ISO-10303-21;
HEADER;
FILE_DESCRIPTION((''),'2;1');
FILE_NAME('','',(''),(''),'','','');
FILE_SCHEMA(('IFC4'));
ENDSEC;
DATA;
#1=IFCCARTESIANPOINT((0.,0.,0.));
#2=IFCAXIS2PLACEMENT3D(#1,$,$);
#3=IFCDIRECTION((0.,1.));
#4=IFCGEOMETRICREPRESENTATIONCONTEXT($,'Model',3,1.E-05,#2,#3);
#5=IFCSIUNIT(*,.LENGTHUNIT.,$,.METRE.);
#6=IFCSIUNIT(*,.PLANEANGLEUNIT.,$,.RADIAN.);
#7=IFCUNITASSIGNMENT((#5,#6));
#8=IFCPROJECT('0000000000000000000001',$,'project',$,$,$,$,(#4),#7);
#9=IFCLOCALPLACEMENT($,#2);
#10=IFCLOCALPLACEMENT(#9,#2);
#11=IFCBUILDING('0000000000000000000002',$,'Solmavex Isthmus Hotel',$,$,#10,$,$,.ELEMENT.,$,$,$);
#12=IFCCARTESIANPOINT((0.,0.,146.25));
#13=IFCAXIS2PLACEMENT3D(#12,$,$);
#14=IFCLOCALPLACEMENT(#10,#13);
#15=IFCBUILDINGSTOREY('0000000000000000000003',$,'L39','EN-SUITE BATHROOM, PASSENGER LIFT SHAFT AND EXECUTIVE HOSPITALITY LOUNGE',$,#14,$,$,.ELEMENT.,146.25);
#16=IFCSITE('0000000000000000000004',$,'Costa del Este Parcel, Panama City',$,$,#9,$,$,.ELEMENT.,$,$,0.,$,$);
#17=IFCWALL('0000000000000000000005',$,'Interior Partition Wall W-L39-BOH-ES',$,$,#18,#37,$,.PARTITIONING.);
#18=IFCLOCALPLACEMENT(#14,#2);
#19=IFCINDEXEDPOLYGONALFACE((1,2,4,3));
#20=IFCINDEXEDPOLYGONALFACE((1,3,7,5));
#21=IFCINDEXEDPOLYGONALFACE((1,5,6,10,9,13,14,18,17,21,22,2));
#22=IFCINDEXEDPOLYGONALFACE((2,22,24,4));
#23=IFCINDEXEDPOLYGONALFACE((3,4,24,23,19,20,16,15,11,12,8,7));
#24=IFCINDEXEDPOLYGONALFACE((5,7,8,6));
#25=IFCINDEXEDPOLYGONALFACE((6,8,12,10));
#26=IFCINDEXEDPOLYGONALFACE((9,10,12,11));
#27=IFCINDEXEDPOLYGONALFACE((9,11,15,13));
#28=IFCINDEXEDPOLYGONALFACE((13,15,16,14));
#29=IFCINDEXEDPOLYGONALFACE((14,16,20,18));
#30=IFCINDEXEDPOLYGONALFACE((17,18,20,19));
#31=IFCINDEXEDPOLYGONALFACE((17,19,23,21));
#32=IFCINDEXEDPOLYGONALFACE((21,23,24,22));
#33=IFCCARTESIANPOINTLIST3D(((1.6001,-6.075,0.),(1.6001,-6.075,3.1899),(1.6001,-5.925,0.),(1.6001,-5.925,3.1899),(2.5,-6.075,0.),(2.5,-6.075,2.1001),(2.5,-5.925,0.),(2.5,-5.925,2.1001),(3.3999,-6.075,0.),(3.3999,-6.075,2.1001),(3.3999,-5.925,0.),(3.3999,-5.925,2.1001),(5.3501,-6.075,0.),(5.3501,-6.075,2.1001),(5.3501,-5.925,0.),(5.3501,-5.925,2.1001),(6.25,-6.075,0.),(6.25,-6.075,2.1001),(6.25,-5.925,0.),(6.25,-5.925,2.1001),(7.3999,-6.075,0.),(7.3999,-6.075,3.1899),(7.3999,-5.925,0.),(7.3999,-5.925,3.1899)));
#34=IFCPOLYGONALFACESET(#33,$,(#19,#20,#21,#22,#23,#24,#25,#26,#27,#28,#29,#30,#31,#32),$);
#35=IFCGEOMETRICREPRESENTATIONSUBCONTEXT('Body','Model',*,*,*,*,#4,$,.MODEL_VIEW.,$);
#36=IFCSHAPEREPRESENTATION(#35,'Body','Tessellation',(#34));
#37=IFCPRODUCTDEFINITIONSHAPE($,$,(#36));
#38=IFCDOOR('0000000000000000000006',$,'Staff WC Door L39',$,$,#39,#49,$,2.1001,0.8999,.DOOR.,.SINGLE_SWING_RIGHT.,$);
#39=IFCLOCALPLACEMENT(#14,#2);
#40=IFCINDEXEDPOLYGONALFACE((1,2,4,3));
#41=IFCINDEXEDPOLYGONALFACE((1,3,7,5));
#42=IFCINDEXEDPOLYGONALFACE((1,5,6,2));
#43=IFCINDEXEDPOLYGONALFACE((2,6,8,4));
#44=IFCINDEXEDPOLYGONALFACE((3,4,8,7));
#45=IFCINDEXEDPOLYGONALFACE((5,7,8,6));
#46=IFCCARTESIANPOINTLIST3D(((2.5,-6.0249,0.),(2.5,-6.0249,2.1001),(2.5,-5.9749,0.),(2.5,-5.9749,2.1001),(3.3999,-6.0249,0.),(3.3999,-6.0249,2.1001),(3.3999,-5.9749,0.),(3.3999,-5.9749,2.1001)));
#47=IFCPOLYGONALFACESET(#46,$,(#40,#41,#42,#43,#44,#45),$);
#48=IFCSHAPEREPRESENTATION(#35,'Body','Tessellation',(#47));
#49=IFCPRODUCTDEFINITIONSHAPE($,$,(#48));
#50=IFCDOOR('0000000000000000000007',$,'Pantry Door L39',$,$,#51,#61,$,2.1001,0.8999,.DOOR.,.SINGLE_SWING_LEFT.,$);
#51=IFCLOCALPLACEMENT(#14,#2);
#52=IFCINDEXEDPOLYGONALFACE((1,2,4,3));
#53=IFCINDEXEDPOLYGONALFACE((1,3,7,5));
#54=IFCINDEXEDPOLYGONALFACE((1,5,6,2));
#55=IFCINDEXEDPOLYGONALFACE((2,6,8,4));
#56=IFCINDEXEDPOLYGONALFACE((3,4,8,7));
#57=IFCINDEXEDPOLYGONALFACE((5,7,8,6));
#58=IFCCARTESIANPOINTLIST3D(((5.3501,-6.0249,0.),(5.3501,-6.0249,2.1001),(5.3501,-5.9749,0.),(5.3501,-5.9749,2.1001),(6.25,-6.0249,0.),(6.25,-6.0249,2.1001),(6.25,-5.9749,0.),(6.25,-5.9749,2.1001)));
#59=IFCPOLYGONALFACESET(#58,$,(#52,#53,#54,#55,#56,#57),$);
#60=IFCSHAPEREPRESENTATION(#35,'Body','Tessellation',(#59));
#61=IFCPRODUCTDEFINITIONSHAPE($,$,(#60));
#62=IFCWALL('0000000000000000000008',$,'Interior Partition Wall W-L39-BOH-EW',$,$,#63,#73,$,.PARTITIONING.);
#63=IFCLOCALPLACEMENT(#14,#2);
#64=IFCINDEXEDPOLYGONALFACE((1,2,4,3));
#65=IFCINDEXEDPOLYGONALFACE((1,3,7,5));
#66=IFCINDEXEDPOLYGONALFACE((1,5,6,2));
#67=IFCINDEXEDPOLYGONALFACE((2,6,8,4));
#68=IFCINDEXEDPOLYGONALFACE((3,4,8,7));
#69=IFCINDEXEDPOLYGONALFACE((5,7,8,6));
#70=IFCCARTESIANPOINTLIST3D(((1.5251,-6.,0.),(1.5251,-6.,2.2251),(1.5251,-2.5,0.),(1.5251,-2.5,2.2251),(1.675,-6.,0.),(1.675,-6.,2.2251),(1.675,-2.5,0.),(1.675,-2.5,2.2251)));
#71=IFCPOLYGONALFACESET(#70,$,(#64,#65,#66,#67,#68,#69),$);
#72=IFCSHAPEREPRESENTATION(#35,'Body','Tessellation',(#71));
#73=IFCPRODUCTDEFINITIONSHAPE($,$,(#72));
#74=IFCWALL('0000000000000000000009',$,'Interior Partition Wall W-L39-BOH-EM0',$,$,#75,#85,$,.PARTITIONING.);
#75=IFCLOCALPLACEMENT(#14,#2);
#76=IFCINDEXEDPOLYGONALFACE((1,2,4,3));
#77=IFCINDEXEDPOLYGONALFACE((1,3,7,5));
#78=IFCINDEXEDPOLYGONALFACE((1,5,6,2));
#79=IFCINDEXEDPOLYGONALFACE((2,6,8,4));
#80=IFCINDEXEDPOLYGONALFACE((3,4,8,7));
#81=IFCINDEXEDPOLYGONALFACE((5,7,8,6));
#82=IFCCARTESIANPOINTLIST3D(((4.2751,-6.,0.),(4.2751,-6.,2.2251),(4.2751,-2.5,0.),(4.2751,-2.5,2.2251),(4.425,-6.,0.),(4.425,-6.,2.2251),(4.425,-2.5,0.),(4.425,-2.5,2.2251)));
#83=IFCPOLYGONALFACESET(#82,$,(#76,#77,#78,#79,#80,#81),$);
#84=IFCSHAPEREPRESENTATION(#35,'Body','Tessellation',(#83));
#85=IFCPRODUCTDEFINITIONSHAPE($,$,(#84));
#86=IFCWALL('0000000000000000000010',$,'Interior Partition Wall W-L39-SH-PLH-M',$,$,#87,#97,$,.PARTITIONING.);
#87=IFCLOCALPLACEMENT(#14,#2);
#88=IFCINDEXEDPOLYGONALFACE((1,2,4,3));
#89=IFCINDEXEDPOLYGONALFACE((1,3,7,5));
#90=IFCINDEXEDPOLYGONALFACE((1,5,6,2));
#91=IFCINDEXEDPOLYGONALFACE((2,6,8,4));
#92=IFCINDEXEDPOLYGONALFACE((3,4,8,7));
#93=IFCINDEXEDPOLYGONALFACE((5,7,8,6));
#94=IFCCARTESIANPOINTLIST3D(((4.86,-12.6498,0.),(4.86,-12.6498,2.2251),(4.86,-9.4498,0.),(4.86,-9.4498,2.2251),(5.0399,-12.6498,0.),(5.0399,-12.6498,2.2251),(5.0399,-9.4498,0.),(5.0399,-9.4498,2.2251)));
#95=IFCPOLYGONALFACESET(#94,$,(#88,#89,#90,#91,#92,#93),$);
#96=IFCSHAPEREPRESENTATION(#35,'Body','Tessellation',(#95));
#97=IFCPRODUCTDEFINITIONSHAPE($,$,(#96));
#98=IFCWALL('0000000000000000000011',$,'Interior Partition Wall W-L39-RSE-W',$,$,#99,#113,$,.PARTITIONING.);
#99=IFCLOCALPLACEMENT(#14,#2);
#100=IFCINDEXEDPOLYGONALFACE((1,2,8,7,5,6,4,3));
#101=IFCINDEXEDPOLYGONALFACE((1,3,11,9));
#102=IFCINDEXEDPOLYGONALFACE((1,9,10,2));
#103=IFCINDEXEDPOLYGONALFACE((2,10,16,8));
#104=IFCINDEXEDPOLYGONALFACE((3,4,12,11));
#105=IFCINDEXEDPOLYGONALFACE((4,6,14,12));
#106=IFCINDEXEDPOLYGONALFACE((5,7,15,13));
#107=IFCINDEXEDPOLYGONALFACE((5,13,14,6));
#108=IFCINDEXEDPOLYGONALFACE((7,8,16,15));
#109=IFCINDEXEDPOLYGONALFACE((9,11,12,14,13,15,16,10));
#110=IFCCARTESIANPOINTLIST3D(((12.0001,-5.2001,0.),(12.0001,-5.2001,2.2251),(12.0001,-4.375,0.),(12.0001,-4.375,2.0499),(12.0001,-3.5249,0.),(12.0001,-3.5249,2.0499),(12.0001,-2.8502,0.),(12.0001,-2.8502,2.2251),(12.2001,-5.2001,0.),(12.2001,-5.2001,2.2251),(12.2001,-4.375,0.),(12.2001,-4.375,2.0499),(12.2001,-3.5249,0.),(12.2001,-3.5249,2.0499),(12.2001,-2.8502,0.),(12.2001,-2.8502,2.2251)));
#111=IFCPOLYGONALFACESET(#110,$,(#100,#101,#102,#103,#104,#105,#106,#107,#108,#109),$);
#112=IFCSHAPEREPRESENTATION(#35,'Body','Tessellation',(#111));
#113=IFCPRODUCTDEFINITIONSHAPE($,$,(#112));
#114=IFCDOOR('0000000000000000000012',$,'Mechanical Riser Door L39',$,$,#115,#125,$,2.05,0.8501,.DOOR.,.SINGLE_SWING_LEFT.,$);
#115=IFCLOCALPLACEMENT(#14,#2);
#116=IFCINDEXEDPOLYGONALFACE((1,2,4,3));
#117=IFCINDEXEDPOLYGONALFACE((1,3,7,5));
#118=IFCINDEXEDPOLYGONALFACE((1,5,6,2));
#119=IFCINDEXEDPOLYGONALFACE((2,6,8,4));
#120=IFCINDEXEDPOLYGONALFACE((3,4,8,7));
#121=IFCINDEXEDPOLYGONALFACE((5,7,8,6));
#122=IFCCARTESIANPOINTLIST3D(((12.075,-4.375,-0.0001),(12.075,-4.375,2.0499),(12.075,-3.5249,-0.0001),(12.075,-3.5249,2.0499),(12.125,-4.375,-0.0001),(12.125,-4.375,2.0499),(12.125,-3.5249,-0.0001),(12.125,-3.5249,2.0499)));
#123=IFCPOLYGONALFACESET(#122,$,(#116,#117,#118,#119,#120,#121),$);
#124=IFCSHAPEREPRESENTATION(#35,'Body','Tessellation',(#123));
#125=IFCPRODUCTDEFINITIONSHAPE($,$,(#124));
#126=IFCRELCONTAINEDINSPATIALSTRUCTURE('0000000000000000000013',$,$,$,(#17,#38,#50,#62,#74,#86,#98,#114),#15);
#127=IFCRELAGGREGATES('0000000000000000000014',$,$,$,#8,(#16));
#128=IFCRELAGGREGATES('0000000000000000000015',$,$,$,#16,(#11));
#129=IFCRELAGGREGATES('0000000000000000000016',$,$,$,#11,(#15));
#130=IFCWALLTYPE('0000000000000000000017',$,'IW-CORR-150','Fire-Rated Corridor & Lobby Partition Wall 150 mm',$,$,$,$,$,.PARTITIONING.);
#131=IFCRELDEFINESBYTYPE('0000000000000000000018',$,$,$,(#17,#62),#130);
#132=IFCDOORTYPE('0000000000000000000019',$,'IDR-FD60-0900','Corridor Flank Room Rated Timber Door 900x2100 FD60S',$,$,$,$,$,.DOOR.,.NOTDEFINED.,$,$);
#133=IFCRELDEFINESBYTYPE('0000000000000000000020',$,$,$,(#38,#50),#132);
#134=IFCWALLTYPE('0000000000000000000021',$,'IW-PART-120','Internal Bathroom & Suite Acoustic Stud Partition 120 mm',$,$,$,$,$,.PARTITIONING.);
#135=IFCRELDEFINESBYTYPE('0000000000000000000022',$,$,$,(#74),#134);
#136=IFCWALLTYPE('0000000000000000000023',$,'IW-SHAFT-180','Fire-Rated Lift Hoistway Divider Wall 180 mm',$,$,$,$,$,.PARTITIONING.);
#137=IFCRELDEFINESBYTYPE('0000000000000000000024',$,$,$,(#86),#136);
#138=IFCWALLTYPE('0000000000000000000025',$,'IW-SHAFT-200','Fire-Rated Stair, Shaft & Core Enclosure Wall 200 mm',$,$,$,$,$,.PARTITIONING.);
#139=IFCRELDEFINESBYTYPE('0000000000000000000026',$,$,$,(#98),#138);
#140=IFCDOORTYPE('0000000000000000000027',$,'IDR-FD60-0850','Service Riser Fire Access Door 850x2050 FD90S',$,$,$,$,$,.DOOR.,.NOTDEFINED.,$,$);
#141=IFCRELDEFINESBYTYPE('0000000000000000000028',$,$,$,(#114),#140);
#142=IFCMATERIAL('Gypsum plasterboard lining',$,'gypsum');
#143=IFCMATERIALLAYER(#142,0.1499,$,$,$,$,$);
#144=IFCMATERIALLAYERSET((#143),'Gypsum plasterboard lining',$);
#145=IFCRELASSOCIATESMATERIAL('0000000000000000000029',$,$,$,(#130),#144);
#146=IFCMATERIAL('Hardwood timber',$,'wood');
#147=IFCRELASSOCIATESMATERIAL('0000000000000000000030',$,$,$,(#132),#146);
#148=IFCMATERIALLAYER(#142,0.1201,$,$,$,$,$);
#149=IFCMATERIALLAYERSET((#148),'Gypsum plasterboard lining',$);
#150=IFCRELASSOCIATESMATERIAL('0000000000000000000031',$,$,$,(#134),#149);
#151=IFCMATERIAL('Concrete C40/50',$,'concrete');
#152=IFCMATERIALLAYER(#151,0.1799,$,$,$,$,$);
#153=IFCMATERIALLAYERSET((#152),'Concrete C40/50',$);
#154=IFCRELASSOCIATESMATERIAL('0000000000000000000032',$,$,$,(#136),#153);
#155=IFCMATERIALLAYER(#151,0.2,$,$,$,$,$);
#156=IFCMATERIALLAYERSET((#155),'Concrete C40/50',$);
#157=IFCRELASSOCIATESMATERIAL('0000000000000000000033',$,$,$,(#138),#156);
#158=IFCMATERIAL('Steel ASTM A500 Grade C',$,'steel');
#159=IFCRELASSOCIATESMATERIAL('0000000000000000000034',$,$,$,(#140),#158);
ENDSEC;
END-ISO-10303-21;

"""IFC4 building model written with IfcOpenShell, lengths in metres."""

from ifc_helpers import new_model, si_unit, direction, frame, frame_2d, origin, place, context, subcontext, project, spatial, rectangle, extrude, material, layer, layer_set, type_object, element, fill, save


model = new_model("IFC4")

# Units and contexts
model_context = context("Model", 3, precision=1e-05, world=origin(), true_north=direction((0.0, 1.0)))
body_context = subcontext(model_context, "Body", "Model", "MODEL_VIEW")
ifc_project = project(units=[si_unit("LENGTHUNIT", "METRE"), si_unit("PLANEANGLEUNIT", "RADIAN")], contexts=[model_context])

# Site, building, storey
site_placement = place(None, origin())
site = spatial("IfcSite", under=ifc_project, at=site_placement, Name="Costa del Este Parcel, Panama City", CompositionType="ELEMENT", RefElevation=0.0)
building_placement = place(site_placement, origin())
building = spatial("IfcBuilding", under=site, at=building_placement, Name="Solmavex Isthmus Hotel", CompositionType="ELEMENT")
storey_placement = place(building_placement, frame((0.0, 0.0, 146.25)))
storey = spatial("IfcBuildingStorey", under=building, at=storey_placement, Name="L39", Description="EN-SUITE BATHROOM, PASSENGER LIFT SHAFT AND EXECUTIVE HOSPITALITY LOUNGE", CompositionType="ELEMENT", Elevation=146.25)

# Wall, openings, doors
ifc_material_1 = material(Name="Gypsum plasterboard lining", Category="gypsum")
ifc_layer_1 = layer(ifc_material_1, 0.1499)
ifc_layer_set_1 = layer_set([ifc_layer_1], Name="Gypsum plasterboard lining")
wall_type_1 = type_object("IfcWallType", Name="IW-CORR-150", Description="Fire-Rated Corridor & Lobby Partition Wall 150 mm", PredefinedType="PARTITIONING", material=ifc_layer_set_1)
wall_1_placement = place(storey_placement, frame((1.6001, -6.0, 0.0), z_axis=(0.0, 0.0, 1.0), x_axis=(1.0, 0.0, 0.0)))
wall_1 = element("IfcWall", 1, at=wall_1_placement, inside=storey, type_object=wall_type_1, Name="Interior Partition Wall W-L39-BOH-ES", PredefinedType="PARTITIONING", context=body_context, shape_type="SweptSolid", body=[
    extrude(rectangle(XDim=5.7998, YDim=0.1499, at=frame_2d((2.8999, 0.0))), origin(), (0.0, 0.0, 1.0), 3.1899),
])
opening_1_placement = place(wall_1_placement, frame((0.8999, 0.0, 0.0)))
opening_1 = element("IfcOpeningElement", 2, at=opening_1_placement, cuts=wall_1, PredefinedType="OPENING", context=body_context, shape_type="SweptSolid", body=[
    extrude(rectangle(XDim=0.8999, YDim=2.1001, at=frame_2d((0.45, 1.05))), frame((0.0, 0.085, 0.0), z_axis=(0.0, -1.0, 0.0), x_axis=(1.0, 0.0, 0.0)), (0.0, 0.0, 1.0), 0.1699),
])
opening_2_placement = place(wall_1_placement, frame((3.75, 0.0, 0.0)))
opening_2 = element("IfcOpeningElement", 3, at=opening_2_placement, cuts=wall_1, PredefinedType="OPENING", context=body_context, shape_type="SweptSolid", body=[
    extrude(rectangle(XDim=0.8999, YDim=2.1001, at=frame_2d((0.45, 1.05))), frame((0.0, 0.085, 0.0), z_axis=(0.0, -1.0, 0.0), x_axis=(1.0, 0.0, 0.0)), (0.0, 0.0, 1.0), 0.1699),
])
ifc_material_2 = material(Name="Hardwood timber", Category="wood")
door_type_1 = type_object("IfcDoorType", Name="IDR-FD60-0900", Description="Corridor Flank Room Rated Timber Door 900x2100 FD60S", OperationType="NOTDEFINED", PredefinedType="DOOR", material=ifc_material_2)
door_1_placement = place(opening_1_placement, frame((0.8999, 0.0, 0.0), z_axis=(0.0, 0.0, 1.0), x_axis=(-1.0, 0.0, 0.0)))
door_1 = element("IfcDoor", 4, at=door_1_placement, inside=storey, type_object=door_type_1, Name="Staff WC Door L39", OperationType="SINGLE_SWING_RIGHT", OverallHeight=2.1001, OverallWidth=0.8999, PredefinedType="DOOR", context=body_context, shape_type="SweptSolid", body=[
    extrude(rectangle(XDim=0.8999, YDim=2.1001, at=frame_2d((0.45, 1.05))), frame((0.0, 0.0249, 0.0), z_axis=(0.0, -1.0, 0.0), x_axis=(1.0, 0.0, 0.0)), (0.0, 0.0, 1.0), 0.05),
])
fill(opening_1, door_1)
door_2_placement = place(opening_2_placement, frame((0.8999, 0.0, 0.0), z_axis=(0.0, 0.0, 1.0), x_axis=(-1.0, 0.0, 0.0)))
door_2 = element("IfcDoor", 5, at=door_2_placement, inside=storey, type_object=door_type_1, Name="Pantry Door L39", OperationType="SINGLE_SWING_LEFT", OverallHeight=2.1001, OverallWidth=0.8999, PredefinedType="DOOR", context=body_context, shape_type="SweptSolid", body=[
    extrude(rectangle(XDim=0.8999, YDim=2.1001, at=frame_2d((0.45, 1.05))), frame((0.0, 0.0249, 0.0), z_axis=(0.0, -1.0, 0.0), x_axis=(1.0, 0.0, 0.0)), (0.0, 0.0, 1.0), 0.05),
])
fill(opening_2, door_2)

# Walls
wall_2_placement = place(storey_placement, frame((1.6001, -6.0, 0.0), z_axis=(0.0, 0.0, 1.0), x_axis=(0.0, 1.0, 0.0)))
element("IfcWall", 6, at=wall_2_placement, inside=storey, type_object=wall_type_1, Name="Interior Partition Wall W-L39-BOH-EW", PredefinedType="PARTITIONING", context=body_context, shape_type="SweptSolid", body=[
    extrude(rectangle(XDim=3.5, YDim=0.1499, at=frame_2d((1.75, 0.0))), origin(), (0.0, 0.0, 1.0), 2.2251),
])
ifc_layer_2 = layer(ifc_material_1, 0.1201)
ifc_layer_set_2 = layer_set([ifc_layer_2], Name="Gypsum plasterboard lining")
wall_type_2 = type_object("IfcWallType", Name="IW-PART-120", Description="Internal Bathroom & Suite Acoustic Stud Partition 120 mm", PredefinedType="PARTITIONING", material=ifc_layer_set_2)
wall_3_placement = place(storey_placement, frame((4.3501, -6.0, 0.0), z_axis=(0.0, 0.0, 1.0), x_axis=(0.0, 1.0, 0.0)))
element("IfcWall", 7, at=wall_3_placement, inside=storey, type_object=wall_type_2, Name="Interior Partition Wall W-L39-BOH-EM0", PredefinedType="PARTITIONING", context=body_context, shape_type="SweptSolid", body=[
    extrude(rectangle(XDim=3.5, YDim=0.1499, at=frame_2d((1.75, 0.0))), origin(), (0.0, 0.0, 1.0), 2.2251),
])
ifc_material_3 = material(Name="Concrete C40/50", Category="concrete")
ifc_layer_3 = layer(ifc_material_3, 0.1799)
ifc_layer_set_3 = layer_set([ifc_layer_3], Name="Concrete C40/50")
wall_type_3 = type_object("IfcWallType", Name="IW-SHAFT-180", Description="Fire-Rated Lift Hoistway Divider Wall 180 mm", PredefinedType="PARTITIONING", material=ifc_layer_set_3)
wall_4_placement = place(storey_placement, frame((4.95, -12.6499, 0.0), z_axis=(0.0, 0.0, 1.0), x_axis=(0.0, 1.0, 0.0)))
element("IfcWall", 8, at=wall_4_placement, inside=storey, type_object=wall_type_3, Name="Interior Partition Wall W-L39-SH-PLH-M", PredefinedType="PARTITIONING", context=body_context, shape_type="SweptSolid", body=[
    extrude(rectangle(XDim=3.2, YDim=0.1799, at=frame_2d((1.6001, 0.0))), origin(), (0.0, 0.0, 1.0), 2.2251),
])

# Wall, opening, door
ifc_layer_4 = layer(ifc_material_3, 0.2)
ifc_layer_set_4 = layer_set([ifc_layer_4], Name="Concrete C40/50")
wall_type_4 = type_object("IfcWallType", Name="IW-SHAFT-200", Description="Fire-Rated Stair, Shaft & Core Enclosure Wall 200 mm", PredefinedType="PARTITIONING", material=ifc_layer_set_4)
wall_5_placement = place(storey_placement, frame((12.1001, -5.2, 0.0), z_axis=(0.0, 0.0, 1.0), x_axis=(0.0, 1.0, 0.0)))
wall_5 = element("IfcWall", 9, at=wall_5_placement, inside=storey, type_object=wall_type_4, Name="Interior Partition Wall W-L39-RSE-W", PredefinedType="PARTITIONING", context=body_context, shape_type="SweptSolid", body=[
    extrude(rectangle(XDim=2.3499, YDim=0.2, at=frame_2d((1.1748, 0.0))), origin(), (0.0, 0.0, 1.0), 2.2251),
])
opening_3_placement = place(wall_5_placement, frame((0.825, 0.0, 0.0)))
opening_3 = element("IfcOpeningElement", 10, at=opening_3_placement, cuts=wall_5, PredefinedType="OPENING", context=body_context, shape_type="SweptSolid", body=[
    extrude(rectangle(XDim=0.8501, YDim=2.05, at=frame_2d((0.425, 1.0249))), frame((0.0, 0.1099, 0.0), z_axis=(0.0, -1.0, 0.0), x_axis=(1.0, 0.0, 0.0)), (0.0, 0.0, 1.0), 0.22),
])
ifc_material_4 = material(Name="Steel ASTM A500 Grade C", Category="steel")
door_type_2 = type_object("IfcDoorType", Name="IDR-FD60-0850", Description="Service Riser Fire Access Door 850x2050 FD90S", OperationType="NOTDEFINED", PredefinedType="DOOR", material=ifc_material_4)
door_3_placement = place(opening_3_placement, frame((0.8501, 0.0, 0.0), z_axis=(0.0, 0.0, 1.0), x_axis=(-1.0, 0.0, 0.0)))
door_3 = element("IfcDoor", 11, at=door_3_placement, inside=storey, type_object=door_type_2, Name="Mechanical Riser Door L39", OperationType="SINGLE_SWING_LEFT", OverallHeight=2.05, OverallWidth=0.8501, PredefinedType="DOOR", context=body_context, shape_type="SweptSolid", body=[
    extrude(rectangle(XDim=0.8501, YDim=2.05, at=frame_2d((0.425, 1.0249))), frame((0.0, 0.0249, 0.0), z_axis=(0.0, -1.0, 0.0), x_axis=(1.0, 0.0, 0.0)), (0.0, 0.0, 1.0), 0.05),
])
fill(opening_3, door_3)

save(model, "model.ifc")
